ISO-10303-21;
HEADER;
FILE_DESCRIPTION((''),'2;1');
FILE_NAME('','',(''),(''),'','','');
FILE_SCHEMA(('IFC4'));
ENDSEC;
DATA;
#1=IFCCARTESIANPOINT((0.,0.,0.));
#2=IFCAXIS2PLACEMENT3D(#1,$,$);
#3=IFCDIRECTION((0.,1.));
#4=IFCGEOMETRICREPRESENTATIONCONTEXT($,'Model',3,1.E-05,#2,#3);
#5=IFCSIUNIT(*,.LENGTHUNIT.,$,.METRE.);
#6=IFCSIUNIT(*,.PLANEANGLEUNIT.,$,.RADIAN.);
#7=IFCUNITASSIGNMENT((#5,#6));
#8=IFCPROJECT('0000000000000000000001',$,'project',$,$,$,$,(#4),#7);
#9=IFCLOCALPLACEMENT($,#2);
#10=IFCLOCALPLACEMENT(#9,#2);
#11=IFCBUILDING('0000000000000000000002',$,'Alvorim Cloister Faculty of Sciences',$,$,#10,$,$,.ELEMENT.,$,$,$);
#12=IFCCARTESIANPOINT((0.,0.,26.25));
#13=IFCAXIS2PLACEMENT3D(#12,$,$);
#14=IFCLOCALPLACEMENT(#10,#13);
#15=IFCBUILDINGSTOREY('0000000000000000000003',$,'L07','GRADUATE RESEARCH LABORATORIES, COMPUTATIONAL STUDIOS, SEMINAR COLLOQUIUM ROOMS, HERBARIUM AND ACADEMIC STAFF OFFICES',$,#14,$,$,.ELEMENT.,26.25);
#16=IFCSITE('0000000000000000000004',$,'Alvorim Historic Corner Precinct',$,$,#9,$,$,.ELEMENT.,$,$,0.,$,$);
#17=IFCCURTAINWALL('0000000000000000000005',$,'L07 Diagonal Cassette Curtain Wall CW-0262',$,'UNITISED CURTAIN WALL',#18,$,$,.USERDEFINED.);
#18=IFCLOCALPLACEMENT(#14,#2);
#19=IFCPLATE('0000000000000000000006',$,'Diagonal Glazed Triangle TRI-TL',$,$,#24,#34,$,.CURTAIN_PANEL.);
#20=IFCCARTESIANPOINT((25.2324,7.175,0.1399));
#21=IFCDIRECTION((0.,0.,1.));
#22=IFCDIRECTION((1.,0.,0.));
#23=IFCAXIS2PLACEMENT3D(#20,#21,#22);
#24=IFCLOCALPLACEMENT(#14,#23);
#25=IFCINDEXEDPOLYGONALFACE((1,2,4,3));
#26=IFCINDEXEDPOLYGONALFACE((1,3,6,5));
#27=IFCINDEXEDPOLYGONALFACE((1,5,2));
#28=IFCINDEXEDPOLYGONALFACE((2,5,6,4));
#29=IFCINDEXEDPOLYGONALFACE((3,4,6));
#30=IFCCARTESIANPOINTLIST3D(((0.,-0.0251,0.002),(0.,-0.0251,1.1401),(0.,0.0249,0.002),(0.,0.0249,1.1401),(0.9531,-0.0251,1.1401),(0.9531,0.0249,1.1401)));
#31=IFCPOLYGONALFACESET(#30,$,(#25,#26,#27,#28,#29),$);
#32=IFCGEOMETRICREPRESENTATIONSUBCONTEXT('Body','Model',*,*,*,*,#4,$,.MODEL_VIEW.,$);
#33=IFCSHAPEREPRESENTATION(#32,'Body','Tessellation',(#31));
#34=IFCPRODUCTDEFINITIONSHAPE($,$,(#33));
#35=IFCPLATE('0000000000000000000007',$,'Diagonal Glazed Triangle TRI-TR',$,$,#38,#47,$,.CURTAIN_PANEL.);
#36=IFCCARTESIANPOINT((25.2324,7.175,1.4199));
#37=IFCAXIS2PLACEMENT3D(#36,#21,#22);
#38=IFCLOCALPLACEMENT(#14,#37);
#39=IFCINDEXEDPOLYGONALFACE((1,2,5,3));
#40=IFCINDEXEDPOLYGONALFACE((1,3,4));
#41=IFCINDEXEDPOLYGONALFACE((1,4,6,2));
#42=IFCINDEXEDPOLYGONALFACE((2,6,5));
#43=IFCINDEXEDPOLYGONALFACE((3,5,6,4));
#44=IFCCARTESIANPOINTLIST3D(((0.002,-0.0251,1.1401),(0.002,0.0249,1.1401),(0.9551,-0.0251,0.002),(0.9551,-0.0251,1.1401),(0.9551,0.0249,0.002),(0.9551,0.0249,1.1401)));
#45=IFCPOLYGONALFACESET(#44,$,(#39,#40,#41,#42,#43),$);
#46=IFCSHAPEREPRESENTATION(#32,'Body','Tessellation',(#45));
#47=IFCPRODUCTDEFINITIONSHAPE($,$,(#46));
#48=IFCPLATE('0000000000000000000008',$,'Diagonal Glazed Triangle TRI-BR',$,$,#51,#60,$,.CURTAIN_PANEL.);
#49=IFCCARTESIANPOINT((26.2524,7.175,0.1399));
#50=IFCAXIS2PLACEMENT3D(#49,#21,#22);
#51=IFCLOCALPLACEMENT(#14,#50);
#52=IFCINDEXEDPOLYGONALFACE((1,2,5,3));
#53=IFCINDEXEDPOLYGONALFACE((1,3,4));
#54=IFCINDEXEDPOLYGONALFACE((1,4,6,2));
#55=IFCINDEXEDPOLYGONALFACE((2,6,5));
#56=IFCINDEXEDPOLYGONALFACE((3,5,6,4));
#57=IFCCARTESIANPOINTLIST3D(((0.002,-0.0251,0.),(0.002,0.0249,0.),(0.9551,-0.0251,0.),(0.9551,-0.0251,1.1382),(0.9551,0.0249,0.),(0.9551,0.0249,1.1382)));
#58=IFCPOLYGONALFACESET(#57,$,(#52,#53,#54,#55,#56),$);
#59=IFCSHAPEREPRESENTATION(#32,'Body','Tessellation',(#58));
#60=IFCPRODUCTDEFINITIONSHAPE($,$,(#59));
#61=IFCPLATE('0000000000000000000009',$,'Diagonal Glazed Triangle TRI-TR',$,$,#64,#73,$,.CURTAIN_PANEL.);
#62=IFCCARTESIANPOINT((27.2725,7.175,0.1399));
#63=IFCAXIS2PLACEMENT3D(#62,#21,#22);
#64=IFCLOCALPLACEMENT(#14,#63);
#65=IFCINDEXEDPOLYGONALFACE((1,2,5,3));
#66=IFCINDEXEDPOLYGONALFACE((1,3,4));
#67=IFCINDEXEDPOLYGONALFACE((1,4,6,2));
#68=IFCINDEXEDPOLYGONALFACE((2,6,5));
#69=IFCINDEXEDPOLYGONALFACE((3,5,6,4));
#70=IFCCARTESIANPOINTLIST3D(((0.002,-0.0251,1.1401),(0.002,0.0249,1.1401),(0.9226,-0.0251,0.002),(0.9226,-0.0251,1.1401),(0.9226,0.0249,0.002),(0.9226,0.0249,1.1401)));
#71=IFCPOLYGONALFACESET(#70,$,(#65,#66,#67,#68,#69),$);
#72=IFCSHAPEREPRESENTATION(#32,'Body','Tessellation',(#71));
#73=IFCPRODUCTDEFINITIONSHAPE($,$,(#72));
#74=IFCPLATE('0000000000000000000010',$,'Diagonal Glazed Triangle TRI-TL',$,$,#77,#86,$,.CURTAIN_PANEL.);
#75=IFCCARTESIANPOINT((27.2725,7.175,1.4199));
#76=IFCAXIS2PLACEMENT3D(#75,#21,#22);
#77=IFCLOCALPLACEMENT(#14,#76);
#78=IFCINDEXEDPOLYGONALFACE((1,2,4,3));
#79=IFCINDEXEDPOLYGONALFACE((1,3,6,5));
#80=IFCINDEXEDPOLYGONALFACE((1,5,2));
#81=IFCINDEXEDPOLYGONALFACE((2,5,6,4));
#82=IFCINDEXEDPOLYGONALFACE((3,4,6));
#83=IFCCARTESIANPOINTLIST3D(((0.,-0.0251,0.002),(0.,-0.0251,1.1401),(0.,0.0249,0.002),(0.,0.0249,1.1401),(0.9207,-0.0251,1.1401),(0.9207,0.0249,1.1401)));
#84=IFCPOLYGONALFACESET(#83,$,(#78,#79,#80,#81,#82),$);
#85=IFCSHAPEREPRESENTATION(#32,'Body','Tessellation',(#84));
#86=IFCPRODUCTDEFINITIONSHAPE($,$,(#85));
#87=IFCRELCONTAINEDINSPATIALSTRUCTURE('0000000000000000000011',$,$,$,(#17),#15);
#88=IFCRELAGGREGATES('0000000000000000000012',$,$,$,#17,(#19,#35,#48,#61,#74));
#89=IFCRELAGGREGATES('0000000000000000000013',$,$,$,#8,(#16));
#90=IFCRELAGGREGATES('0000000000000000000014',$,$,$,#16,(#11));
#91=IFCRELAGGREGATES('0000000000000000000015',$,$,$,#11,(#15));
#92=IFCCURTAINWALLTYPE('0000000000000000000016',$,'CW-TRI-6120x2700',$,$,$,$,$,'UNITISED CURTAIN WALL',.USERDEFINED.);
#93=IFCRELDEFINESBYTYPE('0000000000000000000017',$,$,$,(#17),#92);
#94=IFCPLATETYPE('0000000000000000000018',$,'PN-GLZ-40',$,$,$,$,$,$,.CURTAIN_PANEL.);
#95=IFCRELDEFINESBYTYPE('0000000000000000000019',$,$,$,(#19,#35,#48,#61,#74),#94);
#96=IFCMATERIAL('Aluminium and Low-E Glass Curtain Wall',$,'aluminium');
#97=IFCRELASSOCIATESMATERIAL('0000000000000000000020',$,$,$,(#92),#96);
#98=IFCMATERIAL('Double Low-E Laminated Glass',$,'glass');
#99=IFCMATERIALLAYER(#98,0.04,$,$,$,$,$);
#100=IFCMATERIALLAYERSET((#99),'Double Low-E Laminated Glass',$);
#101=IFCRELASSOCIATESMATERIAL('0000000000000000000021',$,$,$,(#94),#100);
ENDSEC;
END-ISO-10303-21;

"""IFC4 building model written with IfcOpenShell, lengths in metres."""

from ifc_helpers import new_model, si_unit, direction, frame, origin, place, context, subcontext, project, spatial, polyline, outline, extrude, material, layer, layer_set, type_object, element, aggregate, save


model = new_model("IFC4")

# Units and contexts
model_context = context("Model", 3, precision=1e-05, world=origin(), true_north=direction((0.0, 1.0)))
body_context = subcontext(model_context, "Body", "Model", "MODEL_VIEW")
ifc_project = project(units=[si_unit("LENGTHUNIT", "METRE"), si_unit("PLANEANGLEUNIT", "RADIAN")], contexts=[model_context])

# Site, building, storey
site_placement = place(None, origin())
site = spatial("IfcSite", under=ifc_project, at=site_placement, Name="Alvorim Historic Corner Precinct", CompositionType="ELEMENT", RefElevation=0.0)
building_placement = place(site_placement, origin())
building = spatial("IfcBuilding", under=site, at=building_placement, Name="Alvorim Cloister Faculty of Sciences", CompositionType="ELEMENT")
storey_placement = place(building_placement, frame((0.0, 0.0, 26.25)))
storey = spatial("IfcBuildingStorey", under=building, at=storey_placement, Name="L07", Description="GRADUATE RESEARCH LABORATORIES, COMPUTATIONAL STUDIOS, SEMINAR COLLOQUIUM ROOMS, HERBARIUM AND ACADEMIC STAFF OFFICES", CompositionType="ELEMENT", Elevation=26.25)

# Curtain wall
ifc_material_1 = material(Name="Aluminium and Low-E Glass Curtain Wall", Category="aluminium")
curtain_wall_type = type_object("IfcCurtainWallType", Name="CW-TRI-6120x2700", ElementType="UNITISED CURTAIN WALL", PredefinedType="USERDEFINED", material=ifc_material_1)
curtain_wall_1_placement = place(storey_placement, origin())
curtain_wall_1 = element("IfcCurtainWall", 1, at=curtain_wall_1_placement, inside=storey, type_object=curtain_wall_type, Name="L07 Diagonal Cassette Curtain Wall CW-0262", ObjectType="UNITISED CURTAIN WALL", PredefinedType="USERDEFINED")

# Plates
ifc_material_2 = material(Name="Double Low-E Laminated Glass", Category="glass")
ifc_layer_1 = layer(ifc_material_2, 0.04)
ifc_layer_set_1 = layer_set([ifc_layer_1], Name="Double Low-E Laminated Glass")
plate_type = type_object("IfcPlateType", Name="PN-GLZ-40", PredefinedType="CURTAIN_PANEL", material=ifc_layer_set_1)
plate_1_placement = place(storey_placement, frame((25.2324, 7.175, 0.1399), z_axis=(0.0, 0.0, 1.0), x_axis=(1.0, 0.0, 0.0)))
plate_1 = element("IfcPlate", 2, at=plate_1_placement, type_object=plate_type, Name="Diagonal Glazed Triangle TRI-TL", PredefinedType="CURTAIN_PANEL", context=body_context, shape_type="SweptSolid", body=[
    extrude(outline(polyline([(0.9531, 1.1401), (0.0, 1.1401), (0.0, 0.002), (0.9531, 1.1401)])), frame((0.0, 0.0249, 0.0), z_axis=(0.0, -1.0, 0.0), x_axis=(1.0, 0.0, 0.0)), (0.0, 0.0, 1.0), 0.05),
])
plate_2_placement = place(storey_placement, frame((25.2324, 7.175, 1.4199), z_axis=(0.0, 0.0, 1.0), x_axis=(1.0, 0.0, 0.0)))
plate_2 = element("IfcPlate", 3, at=plate_2_placement, type_object=plate_type, Name="Diagonal Glazed Triangle TRI-TR", PredefinedType="CURTAIN_PANEL", context=body_context, shape_type="SweptSolid", body=[
    extrude(outline(polyline([(0.9551, 0.002), (0.9551, 1.1401), (0.002, 1.1401), (0.9551, 0.002)])), frame((0.0, 0.0249, 0.0), z_axis=(0.0, -1.0, 0.0), x_axis=(1.0, 0.0, 0.0)), (0.0, 0.0, 1.0), 0.05),
])
plate_3_placement = place(storey_placement, frame((26.2524, 7.175, 0.1399), z_axis=(0.0, 0.0, 1.0), x_axis=(1.0, 0.0, 0.0)))
plate_3 = element("IfcPlate", 4, at=plate_3_placement, type_object=plate_type, Name="Diagonal Glazed Triangle TRI-BR", PredefinedType="CURTAIN_PANEL", context=body_context, shape_type="SweptSolid", body=[
    extrude(outline(polyline([(0.002, 0.0), (0.9551, 0.0), (0.9551, 1.1382), (0.002, 0.0)])), frame((0.0, 0.0249, 0.0), z_axis=(0.0, -1.0, 0.0), x_axis=(1.0, 0.0, 0.0)), (0.0, 0.0, 1.0), 0.05),
])
plate_4_placement = place(storey_placement, frame((27.2725, 7.175, 0.1399), z_axis=(0.0, 0.0, 1.0), x_axis=(1.0, 0.0, 0.0)))
plate_4 = element("IfcPlate", 5, at=plate_4_placement, type_object=plate_type, Name="Diagonal Glazed Triangle TRI-TR", PredefinedType="CURTAIN_PANEL", context=body_context, shape_type="SweptSolid", body=[
    extrude(outline(polyline([(0.9226, 0.002), (0.9226, 1.1401), (0.002, 1.1401), (0.9226, 0.002)])), frame((0.0, 0.0249, 0.0), z_axis=(0.0, -1.0, 0.0), x_axis=(1.0, 0.0, 0.0)), (0.0, 0.0, 1.0), 0.05),
])
plate_5_placement = place(storey_placement, frame((27.2725, 7.175, 1.4199), z_axis=(0.0, 0.0, 1.0), x_axis=(1.0, 0.0, 0.0)))
plate_5 = element("IfcPlate", 6, at=plate_5_placement, type_object=plate_type, Name="Diagonal Glazed Triangle TRI-TL", PredefinedType="CURTAIN_PANEL", context=body_context, shape_type="SweptSolid", body=[
    extrude(outline(polyline([(0.9207, 1.1401), (0.0, 1.1401), (0.0, 0.002), (0.9207, 1.1401)])), frame((0.0, 0.0249, 0.0), z_axis=(0.0, -1.0, 0.0), x_axis=(1.0, 0.0, 0.0)), (0.0, 0.0, 1.0), 0.05),
])
aggregate(curtain_wall_1, [plate_1, plate_2, plate_3, plate_4, plate_5])

save(model, "model.ifc")
